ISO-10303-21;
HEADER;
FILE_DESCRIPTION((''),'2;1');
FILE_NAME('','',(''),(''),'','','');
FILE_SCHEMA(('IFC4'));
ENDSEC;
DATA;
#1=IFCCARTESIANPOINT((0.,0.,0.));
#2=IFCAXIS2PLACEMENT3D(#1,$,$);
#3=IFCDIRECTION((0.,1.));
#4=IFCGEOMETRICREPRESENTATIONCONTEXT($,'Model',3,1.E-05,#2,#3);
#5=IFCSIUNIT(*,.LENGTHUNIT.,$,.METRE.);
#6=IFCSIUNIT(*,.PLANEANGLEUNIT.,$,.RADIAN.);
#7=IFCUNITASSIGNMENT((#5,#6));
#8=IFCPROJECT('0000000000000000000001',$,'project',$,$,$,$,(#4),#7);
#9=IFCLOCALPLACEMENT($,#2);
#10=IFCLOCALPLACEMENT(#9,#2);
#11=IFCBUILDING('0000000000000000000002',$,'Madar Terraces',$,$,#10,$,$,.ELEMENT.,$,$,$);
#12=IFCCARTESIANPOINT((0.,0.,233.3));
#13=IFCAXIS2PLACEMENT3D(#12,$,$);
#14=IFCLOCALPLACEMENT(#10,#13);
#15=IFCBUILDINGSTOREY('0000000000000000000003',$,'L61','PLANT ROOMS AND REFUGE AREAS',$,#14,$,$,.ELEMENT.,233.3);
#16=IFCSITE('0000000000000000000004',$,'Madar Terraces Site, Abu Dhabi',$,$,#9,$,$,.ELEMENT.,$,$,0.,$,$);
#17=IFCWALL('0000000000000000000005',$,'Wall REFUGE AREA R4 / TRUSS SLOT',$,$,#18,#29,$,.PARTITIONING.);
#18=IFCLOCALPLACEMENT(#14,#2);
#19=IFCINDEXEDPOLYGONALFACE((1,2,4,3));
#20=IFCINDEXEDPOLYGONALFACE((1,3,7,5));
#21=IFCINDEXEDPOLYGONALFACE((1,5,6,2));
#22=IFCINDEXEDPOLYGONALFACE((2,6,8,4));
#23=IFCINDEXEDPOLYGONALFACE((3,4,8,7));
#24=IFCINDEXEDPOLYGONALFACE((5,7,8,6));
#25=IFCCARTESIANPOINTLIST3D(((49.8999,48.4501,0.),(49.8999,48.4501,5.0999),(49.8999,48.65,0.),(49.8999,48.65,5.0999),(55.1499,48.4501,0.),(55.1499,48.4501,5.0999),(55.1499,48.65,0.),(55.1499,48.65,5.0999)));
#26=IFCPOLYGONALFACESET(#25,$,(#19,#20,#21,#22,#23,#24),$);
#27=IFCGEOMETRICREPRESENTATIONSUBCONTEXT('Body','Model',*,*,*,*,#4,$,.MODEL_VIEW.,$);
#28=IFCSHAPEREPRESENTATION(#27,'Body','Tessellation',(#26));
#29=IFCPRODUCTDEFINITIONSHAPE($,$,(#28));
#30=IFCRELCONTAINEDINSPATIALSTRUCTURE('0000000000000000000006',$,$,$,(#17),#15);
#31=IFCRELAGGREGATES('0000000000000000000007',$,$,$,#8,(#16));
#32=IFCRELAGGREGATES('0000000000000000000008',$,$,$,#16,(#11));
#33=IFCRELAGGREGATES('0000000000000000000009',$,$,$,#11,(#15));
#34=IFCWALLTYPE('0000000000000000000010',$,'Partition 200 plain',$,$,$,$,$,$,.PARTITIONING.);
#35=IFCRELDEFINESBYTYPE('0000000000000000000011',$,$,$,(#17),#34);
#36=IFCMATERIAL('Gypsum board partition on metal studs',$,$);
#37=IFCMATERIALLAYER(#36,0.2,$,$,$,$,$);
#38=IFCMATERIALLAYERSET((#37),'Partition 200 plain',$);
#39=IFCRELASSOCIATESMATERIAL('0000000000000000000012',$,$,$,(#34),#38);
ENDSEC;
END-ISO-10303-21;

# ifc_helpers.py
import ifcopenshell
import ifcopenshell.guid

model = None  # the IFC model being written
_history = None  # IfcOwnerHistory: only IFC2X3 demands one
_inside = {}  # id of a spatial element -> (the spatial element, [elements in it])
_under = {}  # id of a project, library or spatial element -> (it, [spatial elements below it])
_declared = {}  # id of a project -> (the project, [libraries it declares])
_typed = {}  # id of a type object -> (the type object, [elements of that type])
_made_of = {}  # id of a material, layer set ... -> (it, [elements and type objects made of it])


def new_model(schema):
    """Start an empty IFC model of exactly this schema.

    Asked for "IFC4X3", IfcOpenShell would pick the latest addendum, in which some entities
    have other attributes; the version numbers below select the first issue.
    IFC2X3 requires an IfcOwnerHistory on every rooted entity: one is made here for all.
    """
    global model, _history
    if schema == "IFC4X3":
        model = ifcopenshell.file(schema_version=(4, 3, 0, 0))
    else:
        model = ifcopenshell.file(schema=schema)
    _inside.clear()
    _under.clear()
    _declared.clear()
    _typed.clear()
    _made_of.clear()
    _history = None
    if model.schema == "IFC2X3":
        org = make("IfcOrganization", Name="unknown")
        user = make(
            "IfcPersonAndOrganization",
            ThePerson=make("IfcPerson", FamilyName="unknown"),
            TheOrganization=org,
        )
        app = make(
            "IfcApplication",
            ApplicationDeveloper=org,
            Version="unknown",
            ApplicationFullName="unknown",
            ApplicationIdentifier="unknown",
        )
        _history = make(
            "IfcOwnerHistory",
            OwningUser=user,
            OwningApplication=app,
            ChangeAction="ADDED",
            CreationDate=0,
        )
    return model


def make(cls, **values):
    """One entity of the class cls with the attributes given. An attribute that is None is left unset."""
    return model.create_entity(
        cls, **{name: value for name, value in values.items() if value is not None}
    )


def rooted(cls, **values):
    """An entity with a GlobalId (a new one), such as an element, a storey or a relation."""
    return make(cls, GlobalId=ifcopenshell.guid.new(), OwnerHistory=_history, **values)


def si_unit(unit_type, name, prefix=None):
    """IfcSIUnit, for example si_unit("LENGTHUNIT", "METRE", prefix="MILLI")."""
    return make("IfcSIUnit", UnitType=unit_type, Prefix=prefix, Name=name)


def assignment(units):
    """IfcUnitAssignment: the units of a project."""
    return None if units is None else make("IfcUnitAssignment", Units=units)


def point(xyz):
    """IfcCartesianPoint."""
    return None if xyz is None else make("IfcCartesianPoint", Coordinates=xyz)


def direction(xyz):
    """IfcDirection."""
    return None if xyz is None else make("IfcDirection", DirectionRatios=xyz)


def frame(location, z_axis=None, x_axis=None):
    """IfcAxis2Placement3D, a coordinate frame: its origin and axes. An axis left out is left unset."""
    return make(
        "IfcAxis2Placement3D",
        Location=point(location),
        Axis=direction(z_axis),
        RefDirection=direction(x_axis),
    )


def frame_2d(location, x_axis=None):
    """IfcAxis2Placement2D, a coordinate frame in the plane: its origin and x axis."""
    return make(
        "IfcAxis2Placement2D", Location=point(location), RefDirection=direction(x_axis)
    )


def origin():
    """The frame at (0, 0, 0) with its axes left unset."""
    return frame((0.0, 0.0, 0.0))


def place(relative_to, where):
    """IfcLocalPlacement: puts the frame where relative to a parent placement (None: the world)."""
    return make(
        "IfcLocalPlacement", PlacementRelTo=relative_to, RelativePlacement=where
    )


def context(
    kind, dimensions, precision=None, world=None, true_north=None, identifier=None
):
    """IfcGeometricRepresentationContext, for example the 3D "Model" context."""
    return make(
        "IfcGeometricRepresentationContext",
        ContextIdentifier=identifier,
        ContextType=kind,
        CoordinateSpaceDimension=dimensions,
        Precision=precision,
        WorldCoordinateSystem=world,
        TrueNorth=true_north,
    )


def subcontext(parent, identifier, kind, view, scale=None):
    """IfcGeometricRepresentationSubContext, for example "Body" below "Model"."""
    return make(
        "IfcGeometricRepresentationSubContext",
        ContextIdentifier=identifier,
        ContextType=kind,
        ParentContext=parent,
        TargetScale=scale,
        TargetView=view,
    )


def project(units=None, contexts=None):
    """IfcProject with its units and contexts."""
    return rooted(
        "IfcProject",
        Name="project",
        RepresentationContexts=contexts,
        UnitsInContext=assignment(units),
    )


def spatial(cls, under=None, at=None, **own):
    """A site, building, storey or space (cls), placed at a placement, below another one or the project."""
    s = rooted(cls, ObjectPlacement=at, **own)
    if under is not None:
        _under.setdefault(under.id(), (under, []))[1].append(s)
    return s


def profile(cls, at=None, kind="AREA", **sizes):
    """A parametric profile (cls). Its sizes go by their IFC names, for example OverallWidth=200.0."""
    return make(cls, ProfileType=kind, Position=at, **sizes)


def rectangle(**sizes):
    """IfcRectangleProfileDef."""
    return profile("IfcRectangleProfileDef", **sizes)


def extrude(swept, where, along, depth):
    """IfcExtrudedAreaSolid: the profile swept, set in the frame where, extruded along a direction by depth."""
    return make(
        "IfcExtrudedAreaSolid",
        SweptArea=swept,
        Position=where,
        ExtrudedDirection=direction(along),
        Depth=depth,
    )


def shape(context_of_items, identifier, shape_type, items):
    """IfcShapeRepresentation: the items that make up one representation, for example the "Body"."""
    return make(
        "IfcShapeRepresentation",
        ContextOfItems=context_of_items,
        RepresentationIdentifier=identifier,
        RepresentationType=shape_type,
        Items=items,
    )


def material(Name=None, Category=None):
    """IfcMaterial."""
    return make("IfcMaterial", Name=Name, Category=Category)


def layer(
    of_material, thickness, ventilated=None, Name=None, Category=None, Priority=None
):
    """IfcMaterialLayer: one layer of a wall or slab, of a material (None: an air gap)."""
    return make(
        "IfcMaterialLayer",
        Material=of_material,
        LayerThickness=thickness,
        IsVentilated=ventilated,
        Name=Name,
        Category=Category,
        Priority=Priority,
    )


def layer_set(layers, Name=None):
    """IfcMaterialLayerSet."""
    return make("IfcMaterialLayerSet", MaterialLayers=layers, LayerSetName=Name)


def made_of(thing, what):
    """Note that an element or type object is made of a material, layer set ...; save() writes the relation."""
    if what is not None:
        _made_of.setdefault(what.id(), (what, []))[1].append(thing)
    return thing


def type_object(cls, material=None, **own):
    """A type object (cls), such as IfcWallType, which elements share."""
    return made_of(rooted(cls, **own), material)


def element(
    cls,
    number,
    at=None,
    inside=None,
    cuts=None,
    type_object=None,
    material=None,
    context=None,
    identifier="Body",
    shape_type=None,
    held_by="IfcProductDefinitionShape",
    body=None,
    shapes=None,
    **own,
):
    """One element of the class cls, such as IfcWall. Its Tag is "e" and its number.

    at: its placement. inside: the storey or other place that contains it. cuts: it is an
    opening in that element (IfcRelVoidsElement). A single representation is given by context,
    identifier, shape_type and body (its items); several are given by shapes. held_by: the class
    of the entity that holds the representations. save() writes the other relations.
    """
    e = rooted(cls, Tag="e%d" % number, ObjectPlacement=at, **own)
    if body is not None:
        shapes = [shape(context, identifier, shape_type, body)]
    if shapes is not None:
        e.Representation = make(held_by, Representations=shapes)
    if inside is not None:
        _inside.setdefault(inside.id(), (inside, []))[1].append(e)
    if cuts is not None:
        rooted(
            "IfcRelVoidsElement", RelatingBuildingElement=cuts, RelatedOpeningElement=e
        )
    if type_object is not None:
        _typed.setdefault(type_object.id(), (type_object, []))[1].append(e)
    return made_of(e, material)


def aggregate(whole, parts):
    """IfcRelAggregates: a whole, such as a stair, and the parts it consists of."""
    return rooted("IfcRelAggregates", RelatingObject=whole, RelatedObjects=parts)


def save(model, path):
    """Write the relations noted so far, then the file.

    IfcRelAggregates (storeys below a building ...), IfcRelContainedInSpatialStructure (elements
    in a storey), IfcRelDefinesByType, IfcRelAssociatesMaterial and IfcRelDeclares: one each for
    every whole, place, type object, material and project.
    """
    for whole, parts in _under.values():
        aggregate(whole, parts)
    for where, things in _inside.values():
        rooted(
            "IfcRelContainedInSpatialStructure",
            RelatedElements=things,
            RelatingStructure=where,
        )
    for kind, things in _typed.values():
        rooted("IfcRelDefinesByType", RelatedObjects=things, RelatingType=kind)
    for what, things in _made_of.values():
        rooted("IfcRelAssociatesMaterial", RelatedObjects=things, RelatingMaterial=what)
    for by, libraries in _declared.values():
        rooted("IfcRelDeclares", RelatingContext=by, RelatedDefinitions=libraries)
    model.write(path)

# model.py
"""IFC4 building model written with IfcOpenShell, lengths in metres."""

from ifc_helpers import new_model, si_unit, direction, frame, frame_2d, origin, place, context, subcontext, project, spatial, rectangle, extrude, material, layer, layer_set, type_object, element, save


model = new_model("IFC4")

# Units and contexts
model_context = context("Model", 3, precision=1e-05, world=origin(), true_north=direction((0.0, 1.0)))
body_context = subcontext(model_context, "Body", "Model", "MODEL_VIEW")
ifc_project = project(units=[si_unit("LENGTHUNIT", "METRE"), si_unit("PLANEANGLEUNIT", "RADIAN")], contexts=[model_context])

# Site, building, storey
site_placement = place(None, origin())
site = spatial("IfcSite", under=ifc_project, at=site_placement, Name="Madar Terraces Site, Abu Dhabi", CompositionType="ELEMENT", RefElevation=0.0)
building_placement = place(site_placement, origin())
building = spatial("IfcBuilding", under=site, at=building_placement, Name="Madar Terraces", CompositionType="ELEMENT")
storey_placement = place(building_placement, frame((0.0, 0.0, 233.3)))
storey = spatial("IfcBuildingStorey", under=building, at=storey_placement, Name="L61", Description="PLANT ROOMS AND REFUGE AREAS", CompositionType="ELEMENT", Elevation=233.3)

# Wall
ifc_material_1 = material(Name="Gypsum board partition on metal studs")
ifc_layer_1 = layer(ifc_material_1, 0.2)
ifc_layer_set_1 = layer_set([ifc_layer_1], Name="Partition 200 plain")
wall_type = type_object("IfcWallType", Name="Partition 200 plain", PredefinedType="PARTITIONING", material=ifc_layer_set_1)
wall_placement = place(storey_placement, frame((49.8999, 48.55, 0.0), z_axis=(0.0, 0.0, 1.0), x_axis=(1.0, 0.0, 0.0)))
element("IfcWall", 1, at=wall_placement, inside=storey, type_object=wall_type, Name="Wall REFUGE AREA R4 / TRUSS SLOT", PredefinedType="PARTITIONING", context=body_context, shape_type="SweptSolid", body=[
    extrude(rectangle(XDim=5.25, YDim=0.2, at=frame_2d((2.625, 0.0))), origin(), (0.0, 0.0, 1.0), 5.0999),
])

save(model, "model.ifc")
